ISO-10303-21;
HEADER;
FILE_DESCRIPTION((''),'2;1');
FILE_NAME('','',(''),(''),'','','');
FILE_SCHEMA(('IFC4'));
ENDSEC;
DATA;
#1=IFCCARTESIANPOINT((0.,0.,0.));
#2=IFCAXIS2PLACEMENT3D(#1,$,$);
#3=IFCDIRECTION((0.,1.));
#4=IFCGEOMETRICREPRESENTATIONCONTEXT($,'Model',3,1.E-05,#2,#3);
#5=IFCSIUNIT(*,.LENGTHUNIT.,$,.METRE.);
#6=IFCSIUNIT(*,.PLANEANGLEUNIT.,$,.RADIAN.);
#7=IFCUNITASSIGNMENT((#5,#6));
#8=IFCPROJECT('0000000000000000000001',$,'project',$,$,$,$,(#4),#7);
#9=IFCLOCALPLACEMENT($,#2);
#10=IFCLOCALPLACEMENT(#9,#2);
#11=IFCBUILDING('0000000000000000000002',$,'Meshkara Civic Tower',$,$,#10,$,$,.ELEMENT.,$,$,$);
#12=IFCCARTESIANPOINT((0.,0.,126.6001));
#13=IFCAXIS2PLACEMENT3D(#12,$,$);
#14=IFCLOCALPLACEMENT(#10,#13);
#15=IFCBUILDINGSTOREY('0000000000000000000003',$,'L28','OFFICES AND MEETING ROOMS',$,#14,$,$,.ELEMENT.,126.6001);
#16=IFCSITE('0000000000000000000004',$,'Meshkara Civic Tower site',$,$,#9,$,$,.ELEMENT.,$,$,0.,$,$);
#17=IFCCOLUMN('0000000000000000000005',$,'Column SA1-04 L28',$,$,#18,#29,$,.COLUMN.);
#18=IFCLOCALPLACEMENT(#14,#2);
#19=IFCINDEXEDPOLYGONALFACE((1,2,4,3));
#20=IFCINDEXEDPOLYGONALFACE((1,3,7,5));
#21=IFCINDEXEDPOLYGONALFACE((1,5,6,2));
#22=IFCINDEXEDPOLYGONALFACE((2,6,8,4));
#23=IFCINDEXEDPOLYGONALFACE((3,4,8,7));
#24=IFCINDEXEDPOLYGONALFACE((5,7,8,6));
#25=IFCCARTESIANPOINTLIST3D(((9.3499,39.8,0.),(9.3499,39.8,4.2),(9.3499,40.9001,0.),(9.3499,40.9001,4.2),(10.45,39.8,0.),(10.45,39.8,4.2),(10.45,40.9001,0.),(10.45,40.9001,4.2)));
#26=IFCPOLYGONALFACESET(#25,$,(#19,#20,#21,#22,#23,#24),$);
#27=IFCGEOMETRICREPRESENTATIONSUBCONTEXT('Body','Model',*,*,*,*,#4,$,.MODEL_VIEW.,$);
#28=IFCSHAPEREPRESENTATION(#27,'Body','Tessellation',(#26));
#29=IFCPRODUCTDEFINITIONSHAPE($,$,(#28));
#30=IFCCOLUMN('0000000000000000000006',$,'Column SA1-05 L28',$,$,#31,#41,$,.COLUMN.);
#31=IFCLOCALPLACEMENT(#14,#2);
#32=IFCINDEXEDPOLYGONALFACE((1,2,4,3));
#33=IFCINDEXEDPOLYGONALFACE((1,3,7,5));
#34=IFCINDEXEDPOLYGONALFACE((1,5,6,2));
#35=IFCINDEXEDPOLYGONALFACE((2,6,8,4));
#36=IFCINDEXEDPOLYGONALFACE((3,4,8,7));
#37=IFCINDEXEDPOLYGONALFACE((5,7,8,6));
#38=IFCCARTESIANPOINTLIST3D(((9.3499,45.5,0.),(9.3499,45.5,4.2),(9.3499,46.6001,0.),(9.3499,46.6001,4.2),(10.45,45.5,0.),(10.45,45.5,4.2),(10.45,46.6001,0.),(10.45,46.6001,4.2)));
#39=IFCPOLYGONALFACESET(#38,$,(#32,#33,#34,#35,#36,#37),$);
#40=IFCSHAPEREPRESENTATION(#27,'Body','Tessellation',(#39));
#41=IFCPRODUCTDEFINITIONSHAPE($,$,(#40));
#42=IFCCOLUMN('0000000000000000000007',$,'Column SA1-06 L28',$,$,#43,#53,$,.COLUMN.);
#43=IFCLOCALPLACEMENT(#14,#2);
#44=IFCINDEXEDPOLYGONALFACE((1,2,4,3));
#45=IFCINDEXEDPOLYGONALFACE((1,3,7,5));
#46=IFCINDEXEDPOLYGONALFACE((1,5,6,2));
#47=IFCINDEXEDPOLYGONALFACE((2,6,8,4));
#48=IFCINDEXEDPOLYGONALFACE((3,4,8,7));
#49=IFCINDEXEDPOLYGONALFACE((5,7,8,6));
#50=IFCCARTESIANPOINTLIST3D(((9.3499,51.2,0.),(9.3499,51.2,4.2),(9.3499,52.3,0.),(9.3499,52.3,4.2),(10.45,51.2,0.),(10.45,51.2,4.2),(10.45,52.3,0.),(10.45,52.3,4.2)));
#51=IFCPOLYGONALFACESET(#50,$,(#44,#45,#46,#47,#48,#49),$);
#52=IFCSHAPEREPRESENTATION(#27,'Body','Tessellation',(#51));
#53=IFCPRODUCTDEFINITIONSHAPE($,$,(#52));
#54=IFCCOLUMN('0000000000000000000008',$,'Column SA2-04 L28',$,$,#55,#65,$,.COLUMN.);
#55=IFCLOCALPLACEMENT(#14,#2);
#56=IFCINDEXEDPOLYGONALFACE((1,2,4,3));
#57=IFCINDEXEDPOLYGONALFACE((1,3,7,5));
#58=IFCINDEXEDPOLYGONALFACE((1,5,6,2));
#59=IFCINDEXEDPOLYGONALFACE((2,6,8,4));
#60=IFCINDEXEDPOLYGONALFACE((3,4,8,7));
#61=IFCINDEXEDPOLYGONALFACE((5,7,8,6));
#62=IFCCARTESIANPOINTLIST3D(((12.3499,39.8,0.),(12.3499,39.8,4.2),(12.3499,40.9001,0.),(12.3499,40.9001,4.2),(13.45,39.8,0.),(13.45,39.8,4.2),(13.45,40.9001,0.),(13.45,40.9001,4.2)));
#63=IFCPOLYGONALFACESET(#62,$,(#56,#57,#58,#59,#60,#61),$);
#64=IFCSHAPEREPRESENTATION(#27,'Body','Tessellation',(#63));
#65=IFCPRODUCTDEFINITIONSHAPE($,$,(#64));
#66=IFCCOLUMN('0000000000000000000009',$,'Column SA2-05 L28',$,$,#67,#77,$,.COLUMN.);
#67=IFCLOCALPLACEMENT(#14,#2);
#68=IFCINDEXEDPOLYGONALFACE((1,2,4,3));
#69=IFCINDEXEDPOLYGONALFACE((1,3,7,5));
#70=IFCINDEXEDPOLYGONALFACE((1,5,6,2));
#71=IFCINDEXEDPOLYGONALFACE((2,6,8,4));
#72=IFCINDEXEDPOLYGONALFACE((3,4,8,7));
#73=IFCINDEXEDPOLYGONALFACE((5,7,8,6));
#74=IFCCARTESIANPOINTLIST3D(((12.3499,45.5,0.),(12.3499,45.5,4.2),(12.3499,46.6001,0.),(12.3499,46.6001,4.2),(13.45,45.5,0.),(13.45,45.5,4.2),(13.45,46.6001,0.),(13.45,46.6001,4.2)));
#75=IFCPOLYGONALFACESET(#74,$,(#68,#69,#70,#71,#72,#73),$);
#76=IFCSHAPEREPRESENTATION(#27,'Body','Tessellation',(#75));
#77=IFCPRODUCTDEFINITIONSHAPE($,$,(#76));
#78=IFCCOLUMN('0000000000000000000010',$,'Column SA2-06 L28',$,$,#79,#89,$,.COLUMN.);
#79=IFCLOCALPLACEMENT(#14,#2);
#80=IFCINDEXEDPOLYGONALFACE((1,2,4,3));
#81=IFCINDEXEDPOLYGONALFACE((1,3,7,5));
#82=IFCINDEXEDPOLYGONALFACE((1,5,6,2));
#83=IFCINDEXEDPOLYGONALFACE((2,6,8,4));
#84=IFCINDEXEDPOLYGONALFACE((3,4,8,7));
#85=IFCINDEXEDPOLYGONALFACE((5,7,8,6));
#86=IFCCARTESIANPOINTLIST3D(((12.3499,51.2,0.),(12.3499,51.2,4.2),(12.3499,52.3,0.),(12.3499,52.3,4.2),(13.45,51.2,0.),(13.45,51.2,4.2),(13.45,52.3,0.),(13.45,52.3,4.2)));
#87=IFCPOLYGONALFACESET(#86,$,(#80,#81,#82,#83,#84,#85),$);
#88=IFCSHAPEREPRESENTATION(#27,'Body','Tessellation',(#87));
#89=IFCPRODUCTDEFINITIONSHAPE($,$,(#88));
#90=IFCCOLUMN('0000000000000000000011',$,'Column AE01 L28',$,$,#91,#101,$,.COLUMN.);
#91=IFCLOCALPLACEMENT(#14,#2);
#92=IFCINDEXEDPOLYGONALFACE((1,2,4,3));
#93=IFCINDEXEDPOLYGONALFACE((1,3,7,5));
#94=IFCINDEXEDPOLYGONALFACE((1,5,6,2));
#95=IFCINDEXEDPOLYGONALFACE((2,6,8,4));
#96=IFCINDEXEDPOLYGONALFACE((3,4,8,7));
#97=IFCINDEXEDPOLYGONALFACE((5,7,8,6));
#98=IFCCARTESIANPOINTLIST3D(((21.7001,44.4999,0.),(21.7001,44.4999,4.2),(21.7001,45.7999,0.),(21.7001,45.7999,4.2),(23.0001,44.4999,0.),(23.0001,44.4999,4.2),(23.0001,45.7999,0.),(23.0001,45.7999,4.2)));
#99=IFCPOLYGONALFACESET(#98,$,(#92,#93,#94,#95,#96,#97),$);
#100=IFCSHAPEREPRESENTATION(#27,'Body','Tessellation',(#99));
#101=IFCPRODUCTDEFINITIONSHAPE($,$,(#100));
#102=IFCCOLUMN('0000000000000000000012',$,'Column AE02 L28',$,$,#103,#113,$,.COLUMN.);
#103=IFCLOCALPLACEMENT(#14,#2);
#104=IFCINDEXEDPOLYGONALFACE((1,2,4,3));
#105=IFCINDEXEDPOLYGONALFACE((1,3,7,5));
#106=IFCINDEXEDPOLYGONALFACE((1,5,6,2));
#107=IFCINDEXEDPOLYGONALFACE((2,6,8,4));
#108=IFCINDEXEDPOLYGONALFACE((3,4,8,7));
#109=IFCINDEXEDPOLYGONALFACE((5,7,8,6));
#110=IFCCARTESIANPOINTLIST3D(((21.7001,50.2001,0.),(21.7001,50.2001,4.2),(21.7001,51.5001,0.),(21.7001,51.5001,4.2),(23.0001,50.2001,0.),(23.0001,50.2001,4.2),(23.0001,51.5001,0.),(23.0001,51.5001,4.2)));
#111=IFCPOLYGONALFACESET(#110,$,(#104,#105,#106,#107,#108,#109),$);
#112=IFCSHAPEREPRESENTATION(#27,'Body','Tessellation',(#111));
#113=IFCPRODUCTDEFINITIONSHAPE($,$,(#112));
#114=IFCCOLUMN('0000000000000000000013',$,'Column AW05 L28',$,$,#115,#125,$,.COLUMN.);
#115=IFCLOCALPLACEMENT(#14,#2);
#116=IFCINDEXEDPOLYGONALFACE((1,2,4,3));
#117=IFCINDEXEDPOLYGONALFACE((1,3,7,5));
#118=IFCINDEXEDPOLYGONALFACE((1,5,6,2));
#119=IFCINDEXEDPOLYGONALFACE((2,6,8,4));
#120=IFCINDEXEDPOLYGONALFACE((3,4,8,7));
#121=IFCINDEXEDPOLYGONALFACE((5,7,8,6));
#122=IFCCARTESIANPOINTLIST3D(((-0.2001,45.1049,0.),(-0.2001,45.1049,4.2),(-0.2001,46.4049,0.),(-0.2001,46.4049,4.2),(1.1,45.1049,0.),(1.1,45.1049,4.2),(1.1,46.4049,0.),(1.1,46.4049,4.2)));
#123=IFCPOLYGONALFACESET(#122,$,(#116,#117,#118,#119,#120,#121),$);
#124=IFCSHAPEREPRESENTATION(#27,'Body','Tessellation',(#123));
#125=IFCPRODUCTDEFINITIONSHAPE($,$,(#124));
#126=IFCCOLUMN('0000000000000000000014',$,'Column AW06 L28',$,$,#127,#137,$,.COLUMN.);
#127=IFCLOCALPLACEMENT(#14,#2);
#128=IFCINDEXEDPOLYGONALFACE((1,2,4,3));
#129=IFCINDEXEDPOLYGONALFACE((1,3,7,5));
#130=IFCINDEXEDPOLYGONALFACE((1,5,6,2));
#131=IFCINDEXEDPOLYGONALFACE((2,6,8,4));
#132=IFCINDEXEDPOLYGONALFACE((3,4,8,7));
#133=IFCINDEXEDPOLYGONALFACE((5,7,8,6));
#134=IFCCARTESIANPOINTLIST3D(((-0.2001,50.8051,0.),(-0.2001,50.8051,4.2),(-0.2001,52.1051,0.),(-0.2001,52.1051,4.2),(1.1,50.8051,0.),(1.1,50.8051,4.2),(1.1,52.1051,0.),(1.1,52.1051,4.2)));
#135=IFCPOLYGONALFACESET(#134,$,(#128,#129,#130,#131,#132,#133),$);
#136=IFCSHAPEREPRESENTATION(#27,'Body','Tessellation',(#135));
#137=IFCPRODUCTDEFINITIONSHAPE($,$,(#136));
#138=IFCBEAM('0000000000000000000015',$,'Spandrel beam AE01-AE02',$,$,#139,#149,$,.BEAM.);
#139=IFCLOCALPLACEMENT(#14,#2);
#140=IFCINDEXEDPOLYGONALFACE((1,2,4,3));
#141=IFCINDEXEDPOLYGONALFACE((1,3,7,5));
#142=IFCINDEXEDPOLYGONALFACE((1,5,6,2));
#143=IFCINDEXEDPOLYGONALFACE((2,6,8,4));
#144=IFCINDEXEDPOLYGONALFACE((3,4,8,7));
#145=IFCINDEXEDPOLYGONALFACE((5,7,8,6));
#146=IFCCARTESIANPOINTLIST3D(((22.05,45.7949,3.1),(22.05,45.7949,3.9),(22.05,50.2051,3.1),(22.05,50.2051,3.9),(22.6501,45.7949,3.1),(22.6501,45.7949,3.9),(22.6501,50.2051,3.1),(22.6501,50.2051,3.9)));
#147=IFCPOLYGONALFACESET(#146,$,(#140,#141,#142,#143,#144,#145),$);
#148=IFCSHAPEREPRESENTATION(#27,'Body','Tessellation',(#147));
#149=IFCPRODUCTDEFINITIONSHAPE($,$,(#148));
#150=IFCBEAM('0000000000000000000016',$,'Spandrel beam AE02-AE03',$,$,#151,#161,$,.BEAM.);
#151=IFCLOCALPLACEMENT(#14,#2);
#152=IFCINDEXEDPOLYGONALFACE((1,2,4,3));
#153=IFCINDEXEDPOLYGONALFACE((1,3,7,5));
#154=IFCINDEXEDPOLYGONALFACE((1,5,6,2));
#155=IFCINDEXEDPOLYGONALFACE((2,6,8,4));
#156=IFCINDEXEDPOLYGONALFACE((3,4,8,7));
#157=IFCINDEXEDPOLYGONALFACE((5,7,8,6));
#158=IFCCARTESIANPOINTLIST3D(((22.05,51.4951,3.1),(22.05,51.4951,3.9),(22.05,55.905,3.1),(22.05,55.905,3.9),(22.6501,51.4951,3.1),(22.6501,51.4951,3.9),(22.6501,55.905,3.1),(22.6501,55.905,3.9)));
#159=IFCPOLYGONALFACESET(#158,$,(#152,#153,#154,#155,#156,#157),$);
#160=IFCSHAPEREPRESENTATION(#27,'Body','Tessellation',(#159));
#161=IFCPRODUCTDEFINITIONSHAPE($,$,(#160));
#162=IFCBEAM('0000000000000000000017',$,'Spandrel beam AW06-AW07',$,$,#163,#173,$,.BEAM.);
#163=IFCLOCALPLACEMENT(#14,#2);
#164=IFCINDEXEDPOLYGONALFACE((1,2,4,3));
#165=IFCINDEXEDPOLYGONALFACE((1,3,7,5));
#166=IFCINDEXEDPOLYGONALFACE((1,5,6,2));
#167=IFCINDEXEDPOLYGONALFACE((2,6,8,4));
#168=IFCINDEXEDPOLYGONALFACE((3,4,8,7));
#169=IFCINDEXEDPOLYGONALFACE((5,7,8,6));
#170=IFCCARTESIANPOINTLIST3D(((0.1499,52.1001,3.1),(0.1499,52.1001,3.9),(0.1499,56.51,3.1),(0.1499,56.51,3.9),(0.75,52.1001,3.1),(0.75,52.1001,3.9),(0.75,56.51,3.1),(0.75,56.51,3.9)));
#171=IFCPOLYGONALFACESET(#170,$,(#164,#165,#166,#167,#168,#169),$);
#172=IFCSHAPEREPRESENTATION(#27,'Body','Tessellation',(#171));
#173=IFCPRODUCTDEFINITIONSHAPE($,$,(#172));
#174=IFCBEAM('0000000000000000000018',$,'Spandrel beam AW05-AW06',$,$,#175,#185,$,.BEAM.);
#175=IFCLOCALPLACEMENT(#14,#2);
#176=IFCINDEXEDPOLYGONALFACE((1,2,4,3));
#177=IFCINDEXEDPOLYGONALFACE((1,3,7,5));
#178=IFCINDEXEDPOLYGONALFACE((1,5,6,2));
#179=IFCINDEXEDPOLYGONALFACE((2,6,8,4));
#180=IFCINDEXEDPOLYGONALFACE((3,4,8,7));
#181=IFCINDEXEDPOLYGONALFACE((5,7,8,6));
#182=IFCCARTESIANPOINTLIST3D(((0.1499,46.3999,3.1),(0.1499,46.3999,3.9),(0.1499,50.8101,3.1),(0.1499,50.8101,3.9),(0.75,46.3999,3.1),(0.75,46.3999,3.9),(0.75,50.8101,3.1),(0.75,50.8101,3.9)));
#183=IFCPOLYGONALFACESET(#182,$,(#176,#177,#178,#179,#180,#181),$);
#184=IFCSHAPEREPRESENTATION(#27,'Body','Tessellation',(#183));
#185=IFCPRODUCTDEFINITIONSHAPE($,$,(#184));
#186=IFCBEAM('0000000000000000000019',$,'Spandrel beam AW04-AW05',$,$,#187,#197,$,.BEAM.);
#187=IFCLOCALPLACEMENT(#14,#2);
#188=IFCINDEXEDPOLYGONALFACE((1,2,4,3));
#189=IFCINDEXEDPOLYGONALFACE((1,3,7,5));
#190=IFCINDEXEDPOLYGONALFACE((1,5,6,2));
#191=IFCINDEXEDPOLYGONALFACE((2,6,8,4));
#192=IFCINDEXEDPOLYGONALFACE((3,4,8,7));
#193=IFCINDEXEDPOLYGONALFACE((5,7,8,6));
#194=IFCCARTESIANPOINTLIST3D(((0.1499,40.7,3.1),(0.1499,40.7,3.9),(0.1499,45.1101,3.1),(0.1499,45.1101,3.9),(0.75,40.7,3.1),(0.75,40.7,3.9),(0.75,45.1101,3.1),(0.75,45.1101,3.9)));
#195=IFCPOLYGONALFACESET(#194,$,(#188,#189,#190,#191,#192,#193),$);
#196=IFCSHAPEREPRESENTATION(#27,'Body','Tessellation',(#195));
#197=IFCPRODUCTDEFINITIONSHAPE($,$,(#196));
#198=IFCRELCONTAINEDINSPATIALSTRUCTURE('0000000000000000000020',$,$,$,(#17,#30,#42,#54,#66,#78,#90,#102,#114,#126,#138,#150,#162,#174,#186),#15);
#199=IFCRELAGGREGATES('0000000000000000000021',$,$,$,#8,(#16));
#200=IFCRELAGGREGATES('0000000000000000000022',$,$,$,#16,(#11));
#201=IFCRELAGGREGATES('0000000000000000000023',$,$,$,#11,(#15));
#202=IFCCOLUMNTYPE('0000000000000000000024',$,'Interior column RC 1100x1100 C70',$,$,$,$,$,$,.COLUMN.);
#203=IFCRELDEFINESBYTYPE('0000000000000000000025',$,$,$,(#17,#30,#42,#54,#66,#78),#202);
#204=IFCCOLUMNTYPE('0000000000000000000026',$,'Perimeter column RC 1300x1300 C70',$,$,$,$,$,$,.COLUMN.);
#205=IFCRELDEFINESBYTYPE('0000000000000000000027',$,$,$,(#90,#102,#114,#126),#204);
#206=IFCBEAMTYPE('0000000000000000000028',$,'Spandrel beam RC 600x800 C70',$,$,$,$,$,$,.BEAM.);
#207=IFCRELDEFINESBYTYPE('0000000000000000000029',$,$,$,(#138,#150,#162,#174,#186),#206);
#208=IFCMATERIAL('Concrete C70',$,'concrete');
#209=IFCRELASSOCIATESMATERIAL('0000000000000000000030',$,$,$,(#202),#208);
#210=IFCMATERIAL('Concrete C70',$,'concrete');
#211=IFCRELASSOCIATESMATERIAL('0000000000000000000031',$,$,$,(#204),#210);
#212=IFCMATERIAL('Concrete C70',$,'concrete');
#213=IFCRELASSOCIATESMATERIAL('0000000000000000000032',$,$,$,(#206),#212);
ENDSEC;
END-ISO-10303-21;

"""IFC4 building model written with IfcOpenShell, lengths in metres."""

from ifc_helpers import new_model, si_unit, direction, frame, origin, origin_2d, place, context, subcontext, project, spatial, rectangle, extrude, material, material_profile, profile_set, type_object, element, save


model = new_model("IFC4")

# Units and contexts
model_context = context("Model", 3, precision=1e-05, world=origin(), true_north=direction((0.0, 1.0)))
body_context = subcontext(model_context, "Body", "Model", "MODEL_VIEW")
ifc_project = project(units=[si_unit("LENGTHUNIT", "METRE"), si_unit("PLANEANGLEUNIT", "RADIAN")], contexts=[model_context])

# Site, building, storey
site_placement = place(None, origin())
site = spatial("IfcSite", under=ifc_project, at=site_placement, Name="Meshkara Civic Tower site", CompositionType="ELEMENT", RefElevation=0.0)
building_placement = place(site_placement, origin())
building = spatial("IfcBuilding", under=site, at=building_placement, Name="Meshkara Civic Tower", CompositionType="ELEMENT")
storey_placement = place(building_placement, frame((0.0, 0.0, 126.6001)))
storey = spatial("IfcBuildingStorey", under=building, at=storey_placement, Name="L28", Description="OFFICES AND MEETING ROOMS", CompositionType="ELEMENT", Elevation=126.6001)

# Columns
ifc_material_1 = material(Name="Concrete C70", Category="concrete")
ifc_material_profile_1 = material_profile(ifc_material_1, rectangle(XDim=1.1001, YDim=1.1001, at=origin_2d()))
ifc_profile_set_1 = profile_set([ifc_material_profile_1], Name="Concrete C70")
column_type_1 = type_object("IfcColumnType", Name="Interior column RC 1100x1100 C70", PredefinedType="COLUMN", material=ifc_profile_set_1)
for number, where, z_axis, x_axis, name in (
    (1, (9.8999, 40.3501, 0.0), (0.0, 0.0, 1.0), (1.0, 0.0, 0.0), "Column SA1-04 L28"),
    (2, (9.8999, 46.05, 0.0), (0.0, 0.0, 1.0), (1.0, 0.0, 0.0), "Column SA1-05 L28"),
    (3, (9.8999, 51.75, 0.0), (0.0, 0.0, 1.0), (1.0, 0.0, 0.0), "Column SA1-06 L28"),
    (4, (12.8999, 40.3501, 0.0), (0.0, 0.0, 1.0), (1.0, 0.0, 0.0), "Column SA2-04 L28"),
    (5, (12.8999, 46.05, 0.0), (0.0, 0.0, 1.0), (1.0, 0.0, 0.0), "Column SA2-05 L28"),
    (6, (12.8999, 51.75, 0.0), (0.0, 0.0, 1.0), (1.0, 0.0, 0.0), "Column SA2-06 L28"),
):
    element("IfcColumn", number, at=place(storey_placement, frame(where, z_axis=z_axis, x_axis=x_axis)), inside=storey, type_object=column_type_1, Name=name, PredefinedType="COLUMN", context=body_context, shape_type="SweptSolid", body=[
        extrude(rectangle(XDim=1.1001, YDim=1.1001, at=origin_2d()), origin(), (0.0, 0.0, 1.0), 4.2),
    ])
ifc_material_2 = material(Name="Concrete C70", Category="concrete")
ifc_material_profile_2 = material_profile(ifc_material_2, rectangle(XDim=1.3, YDim=1.3, at=origin_2d()))
ifc_profile_set_2 = profile_set([ifc_material_profile_2], Name="Concrete C70")
column_type_2 = type_object("IfcColumnType", Name="Perimeter column RC 1300x1300 C70", PredefinedType="COLUMN", material=ifc_profile_set_2)
for number, where, z_axis, x_axis, name in (
    (7, (22.3501, 45.1499, 0.0), (0.0, 0.0, 1.0), (1.0, 0.0, 0.0), "Column AE01 L28"),
    (8, (22.3501, 50.8501, 0.0), (0.0, 0.0, 1.0), (1.0, 0.0, 0.0), "Column AE02 L28"),
    (9, (0.45, 45.7549, 0.0), (0.0, 0.0, 1.0), (1.0, 0.0, 0.0), "Column AW05 L28"),
    (10, (0.45, 51.4551, 0.0), (0.0, 0.0, 1.0), (1.0, 0.0, 0.0), "Column AW06 L28"),
):
    element("IfcColumn", number, at=place(storey_placement, frame(where, z_axis=z_axis, x_axis=x_axis)), inside=storey, type_object=column_type_2, Name=name, PredefinedType="COLUMN", context=body_context, shape_type="SweptSolid", body=[
        extrude(rectangle(XDim=1.3, YDim=1.3, at=origin_2d()), origin(), (0.0, 0.0, 1.0), 4.2),
    ])

# Beams
ifc_material_3 = material(Name="Concrete C70", Category="concrete")
ifc_material_profile_3 = material_profile(ifc_material_3, rectangle(XDim=0.6001, YDim=0.8, at=origin_2d()))
ifc_profile_set_3 = profile_set([ifc_material_profile_3], Name="Concrete C70")
beam_type = type_object("IfcBeamType", Name="Spandrel beam RC 600x800 C70", PredefinedType="BEAM", material=ifc_profile_set_3)
beam_placement = place(storey_placement, frame((22.3501, 45.7949, 3.5), z_axis=(0.0, 1.0, 0.0), x_axis=(-1.0, 0.0, 0.0)))
element("IfcBeam", 11, at=beam_placement, inside=storey, type_object=beam_type, Name="Spandrel beam AE01-AE02", PredefinedType="BEAM", context=body_context, shape_type="SweptSolid", body=[
    extrude(rectangle(XDim=0.6001, YDim=0.8, at=origin_2d()), origin(), (0.0, 0.0, 1.0), 4.4102),
])
for number, where, z_axis, x_axis, name in (
    (12, (22.3501, 51.4951, 3.5), (0.0, 1.0, 0.0), (-1.0, 0.0, 0.0), "Spandrel beam AE02-AE03"),
    (13, (0.45, 56.51, 3.5), (0.0, -1.0, 0.0), (1.0, 0.0, 0.0), "Spandrel beam AW06-AW07"),
):
    element("IfcBeam", number, at=place(storey_placement, frame(where, z_axis=z_axis, x_axis=x_axis)), inside=storey, type_object=beam_type, Name=name, PredefinedType="BEAM", context=body_context, shape_type="SweptSolid", body=[
        extrude(rectangle(XDim=0.6001, YDim=0.8, at=origin_2d()), origin(), (0.0, 0.0, 1.0), 4.4099),
    ])
for number, where, z_axis, x_axis, name in (
    (14, (0.45, 50.8101, 3.5), (0.0, -1.0, 0.0), (1.0, 0.0, 0.0), "Spandrel beam AW05-AW06"),
    (15, (0.45, 45.1101, 3.5), (0.0, -1.0, 0.0), (1.0, 0.0, 0.0), "Spandrel beam AW04-AW05"),
):
    element("IfcBeam", number, at=place(storey_placement, frame(where, z_axis=z_axis, x_axis=x_axis)), inside=storey, type_object=beam_type, Name=name, PredefinedType="BEAM", context=body_context, shape_type="SweptSolid", body=[
        extrude(rectangle(XDim=0.6001, YDim=0.8, at=origin_2d()), origin(), (0.0, 0.0, 1.0), 4.4102),
    ])

save(model, "model.ifc")
